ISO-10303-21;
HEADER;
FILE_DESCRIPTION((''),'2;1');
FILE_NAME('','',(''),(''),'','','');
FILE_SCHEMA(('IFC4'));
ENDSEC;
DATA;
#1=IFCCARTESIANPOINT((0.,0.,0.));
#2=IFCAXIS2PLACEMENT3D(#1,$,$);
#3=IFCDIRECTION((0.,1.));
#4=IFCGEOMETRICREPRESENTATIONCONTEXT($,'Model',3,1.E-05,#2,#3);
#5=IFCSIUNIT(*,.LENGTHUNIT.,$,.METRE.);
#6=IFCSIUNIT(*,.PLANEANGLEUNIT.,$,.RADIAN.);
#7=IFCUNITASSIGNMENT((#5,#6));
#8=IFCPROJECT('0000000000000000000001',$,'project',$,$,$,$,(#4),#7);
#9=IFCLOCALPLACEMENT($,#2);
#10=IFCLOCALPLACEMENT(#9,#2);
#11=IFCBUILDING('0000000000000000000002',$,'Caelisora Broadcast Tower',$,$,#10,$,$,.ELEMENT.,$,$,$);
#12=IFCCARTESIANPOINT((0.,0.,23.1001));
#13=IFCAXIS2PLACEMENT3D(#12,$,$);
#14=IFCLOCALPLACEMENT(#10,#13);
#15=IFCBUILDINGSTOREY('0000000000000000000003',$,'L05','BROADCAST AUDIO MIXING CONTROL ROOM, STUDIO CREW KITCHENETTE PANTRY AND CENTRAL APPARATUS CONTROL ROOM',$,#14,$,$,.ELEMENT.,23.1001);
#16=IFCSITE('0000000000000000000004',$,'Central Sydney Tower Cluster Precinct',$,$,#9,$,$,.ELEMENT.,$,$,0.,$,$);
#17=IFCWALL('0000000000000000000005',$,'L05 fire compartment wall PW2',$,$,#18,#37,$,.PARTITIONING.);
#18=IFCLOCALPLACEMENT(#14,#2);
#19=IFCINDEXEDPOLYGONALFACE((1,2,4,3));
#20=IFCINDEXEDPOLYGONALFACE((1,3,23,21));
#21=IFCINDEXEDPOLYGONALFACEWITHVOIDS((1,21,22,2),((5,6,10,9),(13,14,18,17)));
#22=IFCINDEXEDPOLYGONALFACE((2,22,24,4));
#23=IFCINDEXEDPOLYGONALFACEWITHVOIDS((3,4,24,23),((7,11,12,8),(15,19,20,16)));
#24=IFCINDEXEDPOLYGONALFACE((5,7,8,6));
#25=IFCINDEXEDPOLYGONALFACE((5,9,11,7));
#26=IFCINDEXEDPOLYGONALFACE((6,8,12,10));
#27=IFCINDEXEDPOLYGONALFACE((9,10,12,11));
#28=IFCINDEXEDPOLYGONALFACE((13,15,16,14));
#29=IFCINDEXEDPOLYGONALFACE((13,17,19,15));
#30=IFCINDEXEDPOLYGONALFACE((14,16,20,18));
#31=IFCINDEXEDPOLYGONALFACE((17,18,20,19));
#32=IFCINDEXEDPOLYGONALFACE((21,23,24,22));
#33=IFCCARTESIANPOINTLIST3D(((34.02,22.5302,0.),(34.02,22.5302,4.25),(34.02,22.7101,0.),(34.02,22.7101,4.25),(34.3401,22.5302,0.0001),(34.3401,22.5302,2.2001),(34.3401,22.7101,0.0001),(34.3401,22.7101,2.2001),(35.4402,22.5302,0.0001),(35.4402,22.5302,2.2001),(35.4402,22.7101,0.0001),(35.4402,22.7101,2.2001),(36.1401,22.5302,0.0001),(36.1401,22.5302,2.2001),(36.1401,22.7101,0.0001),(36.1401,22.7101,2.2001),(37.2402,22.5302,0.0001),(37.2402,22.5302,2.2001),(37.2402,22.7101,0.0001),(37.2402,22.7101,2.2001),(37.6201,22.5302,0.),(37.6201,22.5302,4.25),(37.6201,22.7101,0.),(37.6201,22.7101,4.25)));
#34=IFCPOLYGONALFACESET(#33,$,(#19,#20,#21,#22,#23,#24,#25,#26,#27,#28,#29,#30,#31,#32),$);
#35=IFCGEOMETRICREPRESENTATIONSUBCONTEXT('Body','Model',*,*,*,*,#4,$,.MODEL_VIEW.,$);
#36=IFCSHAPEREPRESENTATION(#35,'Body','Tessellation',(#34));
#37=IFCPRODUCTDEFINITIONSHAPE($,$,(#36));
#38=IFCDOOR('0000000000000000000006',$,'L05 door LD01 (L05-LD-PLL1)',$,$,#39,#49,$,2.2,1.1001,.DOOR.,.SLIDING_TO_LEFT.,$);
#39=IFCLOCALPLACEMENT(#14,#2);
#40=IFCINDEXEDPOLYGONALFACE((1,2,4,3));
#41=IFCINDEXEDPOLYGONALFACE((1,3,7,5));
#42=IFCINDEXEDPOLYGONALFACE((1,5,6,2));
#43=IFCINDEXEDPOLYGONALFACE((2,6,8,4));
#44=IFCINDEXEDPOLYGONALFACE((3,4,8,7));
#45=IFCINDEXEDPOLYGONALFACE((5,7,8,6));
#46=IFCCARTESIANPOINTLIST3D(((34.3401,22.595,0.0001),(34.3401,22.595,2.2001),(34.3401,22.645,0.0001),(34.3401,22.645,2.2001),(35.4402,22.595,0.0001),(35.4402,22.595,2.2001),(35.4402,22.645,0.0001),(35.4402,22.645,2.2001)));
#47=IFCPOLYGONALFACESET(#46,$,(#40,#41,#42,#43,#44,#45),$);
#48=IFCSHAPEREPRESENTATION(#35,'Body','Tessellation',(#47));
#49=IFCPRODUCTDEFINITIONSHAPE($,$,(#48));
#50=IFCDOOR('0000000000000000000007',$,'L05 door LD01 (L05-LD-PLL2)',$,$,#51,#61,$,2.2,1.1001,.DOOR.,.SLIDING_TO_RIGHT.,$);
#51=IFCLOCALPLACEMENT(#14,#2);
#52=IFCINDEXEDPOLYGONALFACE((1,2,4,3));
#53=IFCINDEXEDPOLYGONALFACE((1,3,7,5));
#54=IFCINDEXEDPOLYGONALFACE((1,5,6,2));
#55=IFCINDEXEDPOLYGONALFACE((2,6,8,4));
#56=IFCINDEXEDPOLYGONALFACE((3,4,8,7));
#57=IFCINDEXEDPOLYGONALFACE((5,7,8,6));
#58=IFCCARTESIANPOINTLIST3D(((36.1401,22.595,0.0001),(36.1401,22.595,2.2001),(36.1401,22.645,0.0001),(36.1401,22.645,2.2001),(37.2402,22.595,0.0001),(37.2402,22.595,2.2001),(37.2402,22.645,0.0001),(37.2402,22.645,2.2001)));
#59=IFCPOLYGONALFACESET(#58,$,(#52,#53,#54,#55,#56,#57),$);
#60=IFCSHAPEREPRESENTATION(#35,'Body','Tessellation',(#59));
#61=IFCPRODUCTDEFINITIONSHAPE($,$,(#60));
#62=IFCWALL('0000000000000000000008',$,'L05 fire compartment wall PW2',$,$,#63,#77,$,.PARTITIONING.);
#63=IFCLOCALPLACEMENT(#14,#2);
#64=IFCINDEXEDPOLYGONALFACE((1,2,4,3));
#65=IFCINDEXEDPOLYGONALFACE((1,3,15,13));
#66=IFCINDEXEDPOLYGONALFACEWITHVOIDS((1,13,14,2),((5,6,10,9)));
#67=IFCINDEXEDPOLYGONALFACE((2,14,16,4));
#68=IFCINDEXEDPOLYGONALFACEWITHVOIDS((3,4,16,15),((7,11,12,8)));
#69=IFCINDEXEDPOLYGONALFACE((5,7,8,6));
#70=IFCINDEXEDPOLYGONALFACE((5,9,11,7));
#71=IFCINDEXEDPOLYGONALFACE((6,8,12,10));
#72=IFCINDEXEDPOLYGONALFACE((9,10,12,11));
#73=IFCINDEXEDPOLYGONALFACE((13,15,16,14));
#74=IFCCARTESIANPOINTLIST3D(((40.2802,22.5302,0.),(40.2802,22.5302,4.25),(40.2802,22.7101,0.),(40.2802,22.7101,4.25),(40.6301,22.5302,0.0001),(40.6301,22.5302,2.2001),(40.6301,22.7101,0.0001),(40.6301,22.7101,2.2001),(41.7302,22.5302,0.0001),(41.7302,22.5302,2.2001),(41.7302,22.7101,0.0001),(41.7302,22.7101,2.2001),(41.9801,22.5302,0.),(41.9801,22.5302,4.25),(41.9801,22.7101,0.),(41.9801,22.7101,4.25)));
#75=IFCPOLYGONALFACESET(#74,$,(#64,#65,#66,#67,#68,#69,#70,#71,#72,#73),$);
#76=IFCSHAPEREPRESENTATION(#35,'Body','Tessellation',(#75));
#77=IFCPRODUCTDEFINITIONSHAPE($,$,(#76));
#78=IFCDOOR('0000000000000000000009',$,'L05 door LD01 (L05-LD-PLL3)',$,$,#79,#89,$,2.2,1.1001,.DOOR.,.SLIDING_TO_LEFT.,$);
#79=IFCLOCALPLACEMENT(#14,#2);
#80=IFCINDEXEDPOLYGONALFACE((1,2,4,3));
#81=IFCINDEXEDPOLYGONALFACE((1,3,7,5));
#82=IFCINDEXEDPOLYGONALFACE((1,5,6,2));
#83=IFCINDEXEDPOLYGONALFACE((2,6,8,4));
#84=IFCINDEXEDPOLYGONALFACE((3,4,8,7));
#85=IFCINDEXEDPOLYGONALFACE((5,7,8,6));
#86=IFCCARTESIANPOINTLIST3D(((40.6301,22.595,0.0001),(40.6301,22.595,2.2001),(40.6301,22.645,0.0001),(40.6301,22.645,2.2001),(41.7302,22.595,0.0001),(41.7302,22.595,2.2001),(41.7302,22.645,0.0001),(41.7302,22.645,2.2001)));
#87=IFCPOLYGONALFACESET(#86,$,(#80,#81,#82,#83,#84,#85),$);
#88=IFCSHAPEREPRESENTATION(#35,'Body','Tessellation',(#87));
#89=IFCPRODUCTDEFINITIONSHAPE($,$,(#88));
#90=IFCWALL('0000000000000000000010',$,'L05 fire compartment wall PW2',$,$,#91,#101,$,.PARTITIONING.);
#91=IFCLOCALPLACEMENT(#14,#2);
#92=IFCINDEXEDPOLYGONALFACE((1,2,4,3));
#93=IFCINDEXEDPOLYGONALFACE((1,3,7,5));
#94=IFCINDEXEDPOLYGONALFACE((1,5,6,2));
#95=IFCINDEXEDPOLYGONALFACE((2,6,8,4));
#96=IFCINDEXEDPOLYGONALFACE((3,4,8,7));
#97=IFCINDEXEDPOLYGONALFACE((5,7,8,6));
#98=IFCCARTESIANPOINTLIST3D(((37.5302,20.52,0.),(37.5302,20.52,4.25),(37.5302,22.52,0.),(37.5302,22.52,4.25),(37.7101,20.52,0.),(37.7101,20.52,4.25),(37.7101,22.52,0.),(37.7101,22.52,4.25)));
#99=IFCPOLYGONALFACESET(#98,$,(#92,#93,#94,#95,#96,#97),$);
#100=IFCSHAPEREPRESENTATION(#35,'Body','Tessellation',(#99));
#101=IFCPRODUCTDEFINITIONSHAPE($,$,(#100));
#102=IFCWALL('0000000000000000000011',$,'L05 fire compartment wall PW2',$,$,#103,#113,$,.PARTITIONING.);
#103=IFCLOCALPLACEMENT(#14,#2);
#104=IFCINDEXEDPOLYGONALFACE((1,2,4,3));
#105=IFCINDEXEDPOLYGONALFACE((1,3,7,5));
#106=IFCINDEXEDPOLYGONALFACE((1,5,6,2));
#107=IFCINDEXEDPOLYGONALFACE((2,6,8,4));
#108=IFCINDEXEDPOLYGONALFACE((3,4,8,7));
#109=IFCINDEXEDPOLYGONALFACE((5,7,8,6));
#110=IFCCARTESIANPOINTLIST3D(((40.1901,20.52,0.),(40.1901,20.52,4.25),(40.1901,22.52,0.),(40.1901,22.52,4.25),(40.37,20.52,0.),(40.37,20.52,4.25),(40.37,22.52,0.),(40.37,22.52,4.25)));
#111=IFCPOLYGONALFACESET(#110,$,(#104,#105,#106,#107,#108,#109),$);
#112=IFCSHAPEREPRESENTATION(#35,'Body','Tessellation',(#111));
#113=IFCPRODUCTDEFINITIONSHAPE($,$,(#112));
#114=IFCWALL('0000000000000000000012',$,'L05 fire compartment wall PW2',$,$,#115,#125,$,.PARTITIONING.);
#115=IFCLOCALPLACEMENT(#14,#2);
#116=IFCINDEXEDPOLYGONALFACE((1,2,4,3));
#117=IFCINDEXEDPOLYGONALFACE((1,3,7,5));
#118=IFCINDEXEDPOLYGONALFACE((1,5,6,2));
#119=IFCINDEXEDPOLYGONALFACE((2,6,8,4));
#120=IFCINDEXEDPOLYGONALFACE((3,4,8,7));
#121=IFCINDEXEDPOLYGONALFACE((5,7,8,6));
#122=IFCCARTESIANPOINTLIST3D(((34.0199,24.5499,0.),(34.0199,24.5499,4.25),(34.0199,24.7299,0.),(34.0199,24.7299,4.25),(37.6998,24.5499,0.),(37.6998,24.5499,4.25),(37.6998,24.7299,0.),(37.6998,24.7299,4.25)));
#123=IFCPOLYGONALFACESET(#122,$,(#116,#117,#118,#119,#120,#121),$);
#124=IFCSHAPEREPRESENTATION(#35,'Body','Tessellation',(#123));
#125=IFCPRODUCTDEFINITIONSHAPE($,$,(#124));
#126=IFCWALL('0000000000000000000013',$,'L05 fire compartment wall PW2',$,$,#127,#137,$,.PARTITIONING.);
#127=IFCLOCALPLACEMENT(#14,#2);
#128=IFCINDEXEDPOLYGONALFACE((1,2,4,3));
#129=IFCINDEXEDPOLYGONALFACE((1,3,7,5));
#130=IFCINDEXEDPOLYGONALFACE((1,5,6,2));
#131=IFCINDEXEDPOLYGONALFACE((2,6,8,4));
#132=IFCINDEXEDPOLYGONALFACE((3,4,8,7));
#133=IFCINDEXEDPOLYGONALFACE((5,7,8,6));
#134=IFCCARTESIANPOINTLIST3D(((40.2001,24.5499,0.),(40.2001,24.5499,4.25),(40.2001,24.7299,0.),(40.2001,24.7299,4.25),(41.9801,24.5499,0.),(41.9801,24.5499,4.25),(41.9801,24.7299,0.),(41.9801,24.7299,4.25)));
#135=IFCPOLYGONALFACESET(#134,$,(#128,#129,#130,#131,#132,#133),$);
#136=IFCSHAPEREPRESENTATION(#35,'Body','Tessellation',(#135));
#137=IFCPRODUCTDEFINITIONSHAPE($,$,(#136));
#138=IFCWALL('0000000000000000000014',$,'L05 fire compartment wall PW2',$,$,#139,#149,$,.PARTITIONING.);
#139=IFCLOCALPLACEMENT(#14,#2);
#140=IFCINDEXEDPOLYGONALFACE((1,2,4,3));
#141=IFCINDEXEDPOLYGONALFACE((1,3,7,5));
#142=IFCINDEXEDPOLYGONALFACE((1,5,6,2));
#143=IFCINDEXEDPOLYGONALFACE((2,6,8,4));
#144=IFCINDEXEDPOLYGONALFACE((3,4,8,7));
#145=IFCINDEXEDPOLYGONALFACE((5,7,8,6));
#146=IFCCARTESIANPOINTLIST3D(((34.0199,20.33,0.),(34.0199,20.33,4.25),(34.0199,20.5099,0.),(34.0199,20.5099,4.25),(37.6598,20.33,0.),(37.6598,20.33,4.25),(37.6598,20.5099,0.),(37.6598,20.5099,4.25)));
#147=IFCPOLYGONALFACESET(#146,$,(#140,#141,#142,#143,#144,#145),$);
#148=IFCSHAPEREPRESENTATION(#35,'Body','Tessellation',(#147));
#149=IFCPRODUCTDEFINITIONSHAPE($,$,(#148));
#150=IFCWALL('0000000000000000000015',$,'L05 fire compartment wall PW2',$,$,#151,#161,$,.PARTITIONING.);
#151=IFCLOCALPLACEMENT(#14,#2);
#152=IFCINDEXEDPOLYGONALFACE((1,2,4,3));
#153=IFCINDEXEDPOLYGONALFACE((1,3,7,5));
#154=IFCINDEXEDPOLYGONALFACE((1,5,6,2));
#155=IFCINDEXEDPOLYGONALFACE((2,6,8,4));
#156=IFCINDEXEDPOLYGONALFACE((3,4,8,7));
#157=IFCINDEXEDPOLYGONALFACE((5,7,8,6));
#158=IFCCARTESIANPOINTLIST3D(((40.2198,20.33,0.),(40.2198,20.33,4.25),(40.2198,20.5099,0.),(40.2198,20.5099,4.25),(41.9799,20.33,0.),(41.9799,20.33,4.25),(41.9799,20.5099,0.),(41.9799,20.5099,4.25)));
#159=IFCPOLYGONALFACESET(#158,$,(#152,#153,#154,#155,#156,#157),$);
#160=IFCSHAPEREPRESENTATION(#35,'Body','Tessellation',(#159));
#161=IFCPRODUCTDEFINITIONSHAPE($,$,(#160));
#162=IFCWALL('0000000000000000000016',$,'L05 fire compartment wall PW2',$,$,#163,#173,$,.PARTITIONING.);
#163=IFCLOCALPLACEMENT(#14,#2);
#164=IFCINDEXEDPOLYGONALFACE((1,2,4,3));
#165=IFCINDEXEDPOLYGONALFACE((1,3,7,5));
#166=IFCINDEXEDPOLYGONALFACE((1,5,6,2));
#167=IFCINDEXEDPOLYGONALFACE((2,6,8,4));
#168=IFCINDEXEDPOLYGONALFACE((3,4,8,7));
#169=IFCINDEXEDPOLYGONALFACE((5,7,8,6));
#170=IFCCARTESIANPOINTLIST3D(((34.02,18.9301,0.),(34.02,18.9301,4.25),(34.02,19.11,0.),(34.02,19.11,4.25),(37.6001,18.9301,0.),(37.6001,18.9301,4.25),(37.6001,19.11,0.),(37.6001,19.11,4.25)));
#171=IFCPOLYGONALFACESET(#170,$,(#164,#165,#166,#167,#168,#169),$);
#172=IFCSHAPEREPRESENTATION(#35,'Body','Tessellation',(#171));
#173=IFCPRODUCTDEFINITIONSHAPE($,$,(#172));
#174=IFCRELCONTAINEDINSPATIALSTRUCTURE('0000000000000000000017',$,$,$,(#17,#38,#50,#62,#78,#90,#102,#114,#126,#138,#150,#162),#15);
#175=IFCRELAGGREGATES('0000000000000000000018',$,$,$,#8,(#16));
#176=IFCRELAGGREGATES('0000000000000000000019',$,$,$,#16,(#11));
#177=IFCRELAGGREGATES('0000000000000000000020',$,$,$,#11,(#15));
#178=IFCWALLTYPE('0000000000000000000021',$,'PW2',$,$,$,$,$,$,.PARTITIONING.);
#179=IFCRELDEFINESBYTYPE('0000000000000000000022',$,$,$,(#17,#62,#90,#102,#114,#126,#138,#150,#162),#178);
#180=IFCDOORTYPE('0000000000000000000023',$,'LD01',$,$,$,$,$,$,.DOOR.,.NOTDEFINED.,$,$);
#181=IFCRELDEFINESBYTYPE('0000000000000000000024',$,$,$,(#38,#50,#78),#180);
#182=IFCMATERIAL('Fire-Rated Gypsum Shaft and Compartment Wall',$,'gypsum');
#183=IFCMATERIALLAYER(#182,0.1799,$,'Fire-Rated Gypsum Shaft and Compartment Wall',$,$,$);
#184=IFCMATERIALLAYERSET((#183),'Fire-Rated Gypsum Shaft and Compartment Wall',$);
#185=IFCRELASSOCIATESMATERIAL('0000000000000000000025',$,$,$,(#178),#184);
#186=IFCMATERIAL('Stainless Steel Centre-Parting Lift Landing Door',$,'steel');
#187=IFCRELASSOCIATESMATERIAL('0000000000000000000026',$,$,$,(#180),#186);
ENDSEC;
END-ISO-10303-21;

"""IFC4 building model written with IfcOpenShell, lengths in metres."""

from ifc_helpers import new_model, si_unit, direction, frame, frame_2d, origin, place, context, subcontext, project, spatial, rectangle, extrude, material, layer, layer_set, type_object, element, fill, save


model = new_model("IFC4")

# Units and contexts
model_context = context("Model", 3, precision=1e-05, world=origin(), true_north=direction((0.0, 1.0)))
body_context = subcontext(model_context, "Body", "Model", "MODEL_VIEW")
ifc_project = project(units=[si_unit("LENGTHUNIT", "METRE"), si_unit("PLANEANGLEUNIT", "RADIAN")], contexts=[model_context])

# Site, building, storey
site_placement = place(None, origin())
site = spatial("IfcSite", under=ifc_project, at=site_placement, Name="Central Sydney Tower Cluster Precinct", CompositionType="ELEMENT", RefElevation=0.0)
building_placement = place(site_placement, origin())
building = spatial("IfcBuilding", under=site, at=building_placement, Name="Caelisora Broadcast Tower", CompositionType="ELEMENT")
storey_placement = place(building_placement, frame((0.0, 0.0, 23.1001)))
storey = spatial("IfcBuildingStorey", under=building, at=storey_placement, Name="L05", Description="BROADCAST AUDIO MIXING CONTROL ROOM, STUDIO CREW KITCHENETTE PANTRY AND CENTRAL APPARATUS CONTROL ROOM", CompositionType="ELEMENT", Elevation=23.1001)

# Wall, openings, doors
ifc_material_1 = material(Name="Fire-Rated Gypsum Shaft and Compartment Wall", Category="gypsum")
ifc_layer_1 = layer(ifc_material_1, 0.1799, Name="Fire-Rated Gypsum Shaft and Compartment Wall")
ifc_layer_set_1 = layer_set([ifc_layer_1], Name="Fire-Rated Gypsum Shaft and Compartment Wall")
wall_type_1 = type_object("IfcWallType", Name="PW2", PredefinedType="PARTITIONING", material=ifc_layer_set_1)
wall_1_placement = place(storey_placement, frame((34.02, 22.6201, 0.0), z_axis=(0.0, 0.0, 1.0), x_axis=(1.0, 0.0, 0.0)))
wall_1 = element("IfcWall", 1, at=wall_1_placement, inside=storey, type_object=wall_type_1, Name="L05 fire compartment wall PW2", PredefinedType="PARTITIONING", context=body_context, shape_type="SweptSolid", body=[
    extrude(rectangle(XDim=3.6001, YDim=0.1799, at=frame_2d((1.8, 0.0))), origin(), (0.0, 0.0, 1.0), 4.25),
])
opening_1_placement = place(wall_1_placement, frame((0.3201, 0.0, 0.0)))
opening_1 = element("IfcOpeningElement", 2, at=opening_1_placement, cuts=wall_1, PredefinedType="OPENING", context=body_context, shape_type="SweptSolid", body=[
    extrude(rectangle(XDim=1.1001, YDim=2.2, at=frame_2d((0.55, 1.1001))), frame((0.0, 0.1021, 0.0), z_axis=(0.0, -1.0, 0.0), x_axis=(1.0, 0.0, 0.0)), (0.0, 0.0, 1.0), 0.2039),
])
opening_2_placement = place(wall_1_placement, frame((2.1201, 0.0, 0.0)))
opening_2 = element("IfcOpeningElement", 3, at=opening_2_placement, cuts=wall_1, PredefinedType="OPENING", context=body_context, shape_type="SweptSolid", body=[
    extrude(rectangle(XDim=1.1001, YDim=2.2, at=frame_2d((0.55, 1.1001))), frame((0.0, 0.1021, 0.0), z_axis=(0.0, -1.0, 0.0), x_axis=(1.0, 0.0, 0.0)), (0.0, 0.0, 1.0), 0.2039),
])
ifc_material_2 = material(Name="Stainless Steel Centre-Parting Lift Landing Door", Category="steel")
door_type_1 = type_object("IfcDoorType", Name="LD01", OperationType="NOTDEFINED", PredefinedType="DOOR", material=ifc_material_2)
door_1_placement = place(opening_1_placement, origin())
door_1 = element("IfcDoor", 4, at=door_1_placement, inside=storey, type_object=door_type_1, Name="L05 door LD01 (L05-LD-PLL1)", OperationType="SLIDING_TO_LEFT", OverallHeight=2.2, OverallWidth=1.1001, PredefinedType="DOOR", context=body_context, shape_type="SweptSolid", body=[
    extrude(rectangle(XDim=1.1001, YDim=2.2, at=frame_2d((0.55, 1.1001))), frame((0.0, 0.0249, 0.0), z_axis=(0.0, -1.0, 0.0), x_axis=(1.0, 0.0, 0.0)), (0.0, 0.0, 1.0), 0.05),
])
fill(opening_1, door_1)
door_2_placement = place(opening_2_placement, origin())
door_2 = element("IfcDoor", 5, at=door_2_placement, inside=storey, type_object=door_type_1, Name="L05 door LD01 (L05-LD-PLL2)", OperationType="SLIDING_TO_RIGHT", OverallHeight=2.2, OverallWidth=1.1001, PredefinedType="DOOR", context=body_context, shape_type="SweptSolid", body=[
    extrude(rectangle(XDim=1.1001, YDim=2.2, at=frame_2d((0.55, 1.1001))), frame((0.0, 0.0249, 0.0), z_axis=(0.0, -1.0, 0.0), x_axis=(1.0, 0.0, 0.0)), (0.0, 0.0, 1.0), 0.05),
])
fill(opening_2, door_2)

# Wall, opening, door
wall_2_placement = place(storey_placement, frame((40.28, 22.6201, 0.0), z_axis=(0.0, 0.0, 1.0), x_axis=(1.0, 0.0, 0.0)))
wall_2 = element("IfcWall", 6, at=wall_2_placement, inside=storey, type_object=wall_type_1, Name="L05 fire compartment wall PW2", PredefinedType="PARTITIONING", context=body_context, shape_type="SweptSolid", body=[
    extrude(rectangle(XDim=1.7, YDim=0.1799, at=frame_2d((0.8501, 0.0))), origin(), (0.0, 0.0, 1.0), 4.25),
])
opening_3_placement = place(wall_2_placement, frame((0.3501, 0.0, 0.0)))
opening_3 = element("IfcOpeningElement", 7, at=opening_3_placement, cuts=wall_2, PredefinedType="OPENING", context=body_context, shape_type="SweptSolid", body=[
    extrude(rectangle(XDim=1.1001, YDim=2.2, at=frame_2d((0.55, 1.1001))), frame((0.0, 0.1021, 0.0), z_axis=(0.0, -1.0, 0.0), x_axis=(1.0, 0.0, 0.0)), (0.0, 0.0, 1.0), 0.2039),
])
door_3_placement = place(opening_3_placement, origin())
door_3 = element("IfcDoor", 8, at=door_3_placement, inside=storey, type_object=door_type_1, Name="L05 door LD01 (L05-LD-PLL3)", OperationType="SLIDING_TO_LEFT", OverallHeight=2.2, OverallWidth=1.1001, PredefinedType="DOOR", context=body_context, shape_type="SweptSolid", body=[
    extrude(rectangle(XDim=1.1001, YDim=2.2, at=frame_2d((0.55, 1.1001))), frame((0.0, 0.0249, 0.0), z_axis=(0.0, -1.0, 0.0), x_axis=(1.0, 0.0, 0.0)), (0.0, 0.0, 1.0), 0.05),
])
fill(opening_3, door_3)

# Walls
for number, where, z_axis, x_axis, name in (
    (9, (37.6201, 20.52, 0.0), (0.0, 0.0, 1.0), (0.0, 1.0, 0.0), "L05 fire compartment wall PW2"),
    (10, (40.28, 20.52, 0.0), (0.0, 0.0, 1.0), (0.0, 1.0, 0.0), "L05 fire compartment wall PW2"),
):
    element("IfcWall", number, at=place(storey_placement, frame(where, z_axis=z_axis, x_axis=x_axis)), inside=storey, type_object=wall_type_1, Name=name, PredefinedType="PARTITIONING", context=body_context, shape_type="SweptSolid", body=[
        extrude(rectangle(XDim=2.0, YDim=0.1799, at=frame_2d((1.0, 0.0))), origin(), (0.0, 0.0, 1.0), 4.25),
    ])
wall_3_placement = place(storey_placement, frame((34.02, 24.6399, 0.0), z_axis=(0.0, 0.0, 1.0), x_axis=(1.0, 0.0, 0.0)))
element("IfcWall", 11, at=wall_3_placement, inside=storey, type_object=wall_type_1, Name="L05 fire compartment wall PW2", PredefinedType="PARTITIONING", context=body_context, shape_type="SweptSolid", body=[
    extrude(rectangle(XDim=3.6799, YDim=0.1799, at=frame_2d((1.8398, 0.0))), origin(), (0.0, 0.0, 1.0), 4.25),
])
wall_4_placement = place(storey_placement, frame((40.2, 24.6399, 0.0), z_axis=(0.0, 0.0, 1.0), x_axis=(1.0, 0.0, 0.0)))
element("IfcWall", 12, at=wall_4_placement, inside=storey, type_object=wall_type_1, Name="L05 fire compartment wall PW2", PredefinedType="PARTITIONING", context=body_context, shape_type="SweptSolid", body=[
    extrude(rectangle(XDim=1.78, YDim=0.1799, at=frame_2d((0.8901, 0.0))), origin(), (0.0, 0.0, 1.0), 4.25),
])
wall_5_placement = place(storey_placement, frame((34.02, 20.4199, 0.0), z_axis=(0.0, 0.0, 1.0), x_axis=(1.0, 0.0, 0.0)))
element("IfcWall", 13, at=wall_5_placement, inside=storey, type_object=wall_type_1, Name="L05 fire compartment wall PW2", PredefinedType="PARTITIONING", context=body_context, shape_type="SweptSolid", body=[
    extrude(rectangle(XDim=3.6399, YDim=0.1799, at=frame_2d((1.8198, 0.0))), origin(), (0.0, 0.0, 1.0), 4.25),
])
wall_6_placement = place(storey_placement, frame((40.22, 20.4199, 0.0), z_axis=(0.0, 0.0, 1.0), x_axis=(1.0, 0.0, 0.0)))
element("IfcWall", 14, at=wall_6_placement, inside=storey, type_object=wall_type_1, Name="L05 fire compartment wall PW2", PredefinedType="PARTITIONING", context=body_context, shape_type="SweptSolid", body=[
    extrude(rectangle(XDim=1.76, YDim=0.1799, at=frame_2d((0.8799, 0.0))), origin(), (0.0, 0.0, 1.0), 4.25),
])
wall_7_placement = place(storey_placement, frame((34.02, 19.02, 0.0), z_axis=(0.0, 0.0, 1.0), x_axis=(1.0, 0.0, 0.0)))
element("IfcWall", 15, at=wall_7_placement, inside=storey, type_object=wall_type_1, Name="L05 fire compartment wall PW2", PredefinedType="PARTITIONING", context=body_context, shape_type="SweptSolid", body=[
    extrude(rectangle(XDim=3.5801, YDim=0.1799, at=frame_2d((1.79, 0.0))), origin(), (0.0, 0.0, 1.0), 4.25),
])

save(model, "model.ifc")
